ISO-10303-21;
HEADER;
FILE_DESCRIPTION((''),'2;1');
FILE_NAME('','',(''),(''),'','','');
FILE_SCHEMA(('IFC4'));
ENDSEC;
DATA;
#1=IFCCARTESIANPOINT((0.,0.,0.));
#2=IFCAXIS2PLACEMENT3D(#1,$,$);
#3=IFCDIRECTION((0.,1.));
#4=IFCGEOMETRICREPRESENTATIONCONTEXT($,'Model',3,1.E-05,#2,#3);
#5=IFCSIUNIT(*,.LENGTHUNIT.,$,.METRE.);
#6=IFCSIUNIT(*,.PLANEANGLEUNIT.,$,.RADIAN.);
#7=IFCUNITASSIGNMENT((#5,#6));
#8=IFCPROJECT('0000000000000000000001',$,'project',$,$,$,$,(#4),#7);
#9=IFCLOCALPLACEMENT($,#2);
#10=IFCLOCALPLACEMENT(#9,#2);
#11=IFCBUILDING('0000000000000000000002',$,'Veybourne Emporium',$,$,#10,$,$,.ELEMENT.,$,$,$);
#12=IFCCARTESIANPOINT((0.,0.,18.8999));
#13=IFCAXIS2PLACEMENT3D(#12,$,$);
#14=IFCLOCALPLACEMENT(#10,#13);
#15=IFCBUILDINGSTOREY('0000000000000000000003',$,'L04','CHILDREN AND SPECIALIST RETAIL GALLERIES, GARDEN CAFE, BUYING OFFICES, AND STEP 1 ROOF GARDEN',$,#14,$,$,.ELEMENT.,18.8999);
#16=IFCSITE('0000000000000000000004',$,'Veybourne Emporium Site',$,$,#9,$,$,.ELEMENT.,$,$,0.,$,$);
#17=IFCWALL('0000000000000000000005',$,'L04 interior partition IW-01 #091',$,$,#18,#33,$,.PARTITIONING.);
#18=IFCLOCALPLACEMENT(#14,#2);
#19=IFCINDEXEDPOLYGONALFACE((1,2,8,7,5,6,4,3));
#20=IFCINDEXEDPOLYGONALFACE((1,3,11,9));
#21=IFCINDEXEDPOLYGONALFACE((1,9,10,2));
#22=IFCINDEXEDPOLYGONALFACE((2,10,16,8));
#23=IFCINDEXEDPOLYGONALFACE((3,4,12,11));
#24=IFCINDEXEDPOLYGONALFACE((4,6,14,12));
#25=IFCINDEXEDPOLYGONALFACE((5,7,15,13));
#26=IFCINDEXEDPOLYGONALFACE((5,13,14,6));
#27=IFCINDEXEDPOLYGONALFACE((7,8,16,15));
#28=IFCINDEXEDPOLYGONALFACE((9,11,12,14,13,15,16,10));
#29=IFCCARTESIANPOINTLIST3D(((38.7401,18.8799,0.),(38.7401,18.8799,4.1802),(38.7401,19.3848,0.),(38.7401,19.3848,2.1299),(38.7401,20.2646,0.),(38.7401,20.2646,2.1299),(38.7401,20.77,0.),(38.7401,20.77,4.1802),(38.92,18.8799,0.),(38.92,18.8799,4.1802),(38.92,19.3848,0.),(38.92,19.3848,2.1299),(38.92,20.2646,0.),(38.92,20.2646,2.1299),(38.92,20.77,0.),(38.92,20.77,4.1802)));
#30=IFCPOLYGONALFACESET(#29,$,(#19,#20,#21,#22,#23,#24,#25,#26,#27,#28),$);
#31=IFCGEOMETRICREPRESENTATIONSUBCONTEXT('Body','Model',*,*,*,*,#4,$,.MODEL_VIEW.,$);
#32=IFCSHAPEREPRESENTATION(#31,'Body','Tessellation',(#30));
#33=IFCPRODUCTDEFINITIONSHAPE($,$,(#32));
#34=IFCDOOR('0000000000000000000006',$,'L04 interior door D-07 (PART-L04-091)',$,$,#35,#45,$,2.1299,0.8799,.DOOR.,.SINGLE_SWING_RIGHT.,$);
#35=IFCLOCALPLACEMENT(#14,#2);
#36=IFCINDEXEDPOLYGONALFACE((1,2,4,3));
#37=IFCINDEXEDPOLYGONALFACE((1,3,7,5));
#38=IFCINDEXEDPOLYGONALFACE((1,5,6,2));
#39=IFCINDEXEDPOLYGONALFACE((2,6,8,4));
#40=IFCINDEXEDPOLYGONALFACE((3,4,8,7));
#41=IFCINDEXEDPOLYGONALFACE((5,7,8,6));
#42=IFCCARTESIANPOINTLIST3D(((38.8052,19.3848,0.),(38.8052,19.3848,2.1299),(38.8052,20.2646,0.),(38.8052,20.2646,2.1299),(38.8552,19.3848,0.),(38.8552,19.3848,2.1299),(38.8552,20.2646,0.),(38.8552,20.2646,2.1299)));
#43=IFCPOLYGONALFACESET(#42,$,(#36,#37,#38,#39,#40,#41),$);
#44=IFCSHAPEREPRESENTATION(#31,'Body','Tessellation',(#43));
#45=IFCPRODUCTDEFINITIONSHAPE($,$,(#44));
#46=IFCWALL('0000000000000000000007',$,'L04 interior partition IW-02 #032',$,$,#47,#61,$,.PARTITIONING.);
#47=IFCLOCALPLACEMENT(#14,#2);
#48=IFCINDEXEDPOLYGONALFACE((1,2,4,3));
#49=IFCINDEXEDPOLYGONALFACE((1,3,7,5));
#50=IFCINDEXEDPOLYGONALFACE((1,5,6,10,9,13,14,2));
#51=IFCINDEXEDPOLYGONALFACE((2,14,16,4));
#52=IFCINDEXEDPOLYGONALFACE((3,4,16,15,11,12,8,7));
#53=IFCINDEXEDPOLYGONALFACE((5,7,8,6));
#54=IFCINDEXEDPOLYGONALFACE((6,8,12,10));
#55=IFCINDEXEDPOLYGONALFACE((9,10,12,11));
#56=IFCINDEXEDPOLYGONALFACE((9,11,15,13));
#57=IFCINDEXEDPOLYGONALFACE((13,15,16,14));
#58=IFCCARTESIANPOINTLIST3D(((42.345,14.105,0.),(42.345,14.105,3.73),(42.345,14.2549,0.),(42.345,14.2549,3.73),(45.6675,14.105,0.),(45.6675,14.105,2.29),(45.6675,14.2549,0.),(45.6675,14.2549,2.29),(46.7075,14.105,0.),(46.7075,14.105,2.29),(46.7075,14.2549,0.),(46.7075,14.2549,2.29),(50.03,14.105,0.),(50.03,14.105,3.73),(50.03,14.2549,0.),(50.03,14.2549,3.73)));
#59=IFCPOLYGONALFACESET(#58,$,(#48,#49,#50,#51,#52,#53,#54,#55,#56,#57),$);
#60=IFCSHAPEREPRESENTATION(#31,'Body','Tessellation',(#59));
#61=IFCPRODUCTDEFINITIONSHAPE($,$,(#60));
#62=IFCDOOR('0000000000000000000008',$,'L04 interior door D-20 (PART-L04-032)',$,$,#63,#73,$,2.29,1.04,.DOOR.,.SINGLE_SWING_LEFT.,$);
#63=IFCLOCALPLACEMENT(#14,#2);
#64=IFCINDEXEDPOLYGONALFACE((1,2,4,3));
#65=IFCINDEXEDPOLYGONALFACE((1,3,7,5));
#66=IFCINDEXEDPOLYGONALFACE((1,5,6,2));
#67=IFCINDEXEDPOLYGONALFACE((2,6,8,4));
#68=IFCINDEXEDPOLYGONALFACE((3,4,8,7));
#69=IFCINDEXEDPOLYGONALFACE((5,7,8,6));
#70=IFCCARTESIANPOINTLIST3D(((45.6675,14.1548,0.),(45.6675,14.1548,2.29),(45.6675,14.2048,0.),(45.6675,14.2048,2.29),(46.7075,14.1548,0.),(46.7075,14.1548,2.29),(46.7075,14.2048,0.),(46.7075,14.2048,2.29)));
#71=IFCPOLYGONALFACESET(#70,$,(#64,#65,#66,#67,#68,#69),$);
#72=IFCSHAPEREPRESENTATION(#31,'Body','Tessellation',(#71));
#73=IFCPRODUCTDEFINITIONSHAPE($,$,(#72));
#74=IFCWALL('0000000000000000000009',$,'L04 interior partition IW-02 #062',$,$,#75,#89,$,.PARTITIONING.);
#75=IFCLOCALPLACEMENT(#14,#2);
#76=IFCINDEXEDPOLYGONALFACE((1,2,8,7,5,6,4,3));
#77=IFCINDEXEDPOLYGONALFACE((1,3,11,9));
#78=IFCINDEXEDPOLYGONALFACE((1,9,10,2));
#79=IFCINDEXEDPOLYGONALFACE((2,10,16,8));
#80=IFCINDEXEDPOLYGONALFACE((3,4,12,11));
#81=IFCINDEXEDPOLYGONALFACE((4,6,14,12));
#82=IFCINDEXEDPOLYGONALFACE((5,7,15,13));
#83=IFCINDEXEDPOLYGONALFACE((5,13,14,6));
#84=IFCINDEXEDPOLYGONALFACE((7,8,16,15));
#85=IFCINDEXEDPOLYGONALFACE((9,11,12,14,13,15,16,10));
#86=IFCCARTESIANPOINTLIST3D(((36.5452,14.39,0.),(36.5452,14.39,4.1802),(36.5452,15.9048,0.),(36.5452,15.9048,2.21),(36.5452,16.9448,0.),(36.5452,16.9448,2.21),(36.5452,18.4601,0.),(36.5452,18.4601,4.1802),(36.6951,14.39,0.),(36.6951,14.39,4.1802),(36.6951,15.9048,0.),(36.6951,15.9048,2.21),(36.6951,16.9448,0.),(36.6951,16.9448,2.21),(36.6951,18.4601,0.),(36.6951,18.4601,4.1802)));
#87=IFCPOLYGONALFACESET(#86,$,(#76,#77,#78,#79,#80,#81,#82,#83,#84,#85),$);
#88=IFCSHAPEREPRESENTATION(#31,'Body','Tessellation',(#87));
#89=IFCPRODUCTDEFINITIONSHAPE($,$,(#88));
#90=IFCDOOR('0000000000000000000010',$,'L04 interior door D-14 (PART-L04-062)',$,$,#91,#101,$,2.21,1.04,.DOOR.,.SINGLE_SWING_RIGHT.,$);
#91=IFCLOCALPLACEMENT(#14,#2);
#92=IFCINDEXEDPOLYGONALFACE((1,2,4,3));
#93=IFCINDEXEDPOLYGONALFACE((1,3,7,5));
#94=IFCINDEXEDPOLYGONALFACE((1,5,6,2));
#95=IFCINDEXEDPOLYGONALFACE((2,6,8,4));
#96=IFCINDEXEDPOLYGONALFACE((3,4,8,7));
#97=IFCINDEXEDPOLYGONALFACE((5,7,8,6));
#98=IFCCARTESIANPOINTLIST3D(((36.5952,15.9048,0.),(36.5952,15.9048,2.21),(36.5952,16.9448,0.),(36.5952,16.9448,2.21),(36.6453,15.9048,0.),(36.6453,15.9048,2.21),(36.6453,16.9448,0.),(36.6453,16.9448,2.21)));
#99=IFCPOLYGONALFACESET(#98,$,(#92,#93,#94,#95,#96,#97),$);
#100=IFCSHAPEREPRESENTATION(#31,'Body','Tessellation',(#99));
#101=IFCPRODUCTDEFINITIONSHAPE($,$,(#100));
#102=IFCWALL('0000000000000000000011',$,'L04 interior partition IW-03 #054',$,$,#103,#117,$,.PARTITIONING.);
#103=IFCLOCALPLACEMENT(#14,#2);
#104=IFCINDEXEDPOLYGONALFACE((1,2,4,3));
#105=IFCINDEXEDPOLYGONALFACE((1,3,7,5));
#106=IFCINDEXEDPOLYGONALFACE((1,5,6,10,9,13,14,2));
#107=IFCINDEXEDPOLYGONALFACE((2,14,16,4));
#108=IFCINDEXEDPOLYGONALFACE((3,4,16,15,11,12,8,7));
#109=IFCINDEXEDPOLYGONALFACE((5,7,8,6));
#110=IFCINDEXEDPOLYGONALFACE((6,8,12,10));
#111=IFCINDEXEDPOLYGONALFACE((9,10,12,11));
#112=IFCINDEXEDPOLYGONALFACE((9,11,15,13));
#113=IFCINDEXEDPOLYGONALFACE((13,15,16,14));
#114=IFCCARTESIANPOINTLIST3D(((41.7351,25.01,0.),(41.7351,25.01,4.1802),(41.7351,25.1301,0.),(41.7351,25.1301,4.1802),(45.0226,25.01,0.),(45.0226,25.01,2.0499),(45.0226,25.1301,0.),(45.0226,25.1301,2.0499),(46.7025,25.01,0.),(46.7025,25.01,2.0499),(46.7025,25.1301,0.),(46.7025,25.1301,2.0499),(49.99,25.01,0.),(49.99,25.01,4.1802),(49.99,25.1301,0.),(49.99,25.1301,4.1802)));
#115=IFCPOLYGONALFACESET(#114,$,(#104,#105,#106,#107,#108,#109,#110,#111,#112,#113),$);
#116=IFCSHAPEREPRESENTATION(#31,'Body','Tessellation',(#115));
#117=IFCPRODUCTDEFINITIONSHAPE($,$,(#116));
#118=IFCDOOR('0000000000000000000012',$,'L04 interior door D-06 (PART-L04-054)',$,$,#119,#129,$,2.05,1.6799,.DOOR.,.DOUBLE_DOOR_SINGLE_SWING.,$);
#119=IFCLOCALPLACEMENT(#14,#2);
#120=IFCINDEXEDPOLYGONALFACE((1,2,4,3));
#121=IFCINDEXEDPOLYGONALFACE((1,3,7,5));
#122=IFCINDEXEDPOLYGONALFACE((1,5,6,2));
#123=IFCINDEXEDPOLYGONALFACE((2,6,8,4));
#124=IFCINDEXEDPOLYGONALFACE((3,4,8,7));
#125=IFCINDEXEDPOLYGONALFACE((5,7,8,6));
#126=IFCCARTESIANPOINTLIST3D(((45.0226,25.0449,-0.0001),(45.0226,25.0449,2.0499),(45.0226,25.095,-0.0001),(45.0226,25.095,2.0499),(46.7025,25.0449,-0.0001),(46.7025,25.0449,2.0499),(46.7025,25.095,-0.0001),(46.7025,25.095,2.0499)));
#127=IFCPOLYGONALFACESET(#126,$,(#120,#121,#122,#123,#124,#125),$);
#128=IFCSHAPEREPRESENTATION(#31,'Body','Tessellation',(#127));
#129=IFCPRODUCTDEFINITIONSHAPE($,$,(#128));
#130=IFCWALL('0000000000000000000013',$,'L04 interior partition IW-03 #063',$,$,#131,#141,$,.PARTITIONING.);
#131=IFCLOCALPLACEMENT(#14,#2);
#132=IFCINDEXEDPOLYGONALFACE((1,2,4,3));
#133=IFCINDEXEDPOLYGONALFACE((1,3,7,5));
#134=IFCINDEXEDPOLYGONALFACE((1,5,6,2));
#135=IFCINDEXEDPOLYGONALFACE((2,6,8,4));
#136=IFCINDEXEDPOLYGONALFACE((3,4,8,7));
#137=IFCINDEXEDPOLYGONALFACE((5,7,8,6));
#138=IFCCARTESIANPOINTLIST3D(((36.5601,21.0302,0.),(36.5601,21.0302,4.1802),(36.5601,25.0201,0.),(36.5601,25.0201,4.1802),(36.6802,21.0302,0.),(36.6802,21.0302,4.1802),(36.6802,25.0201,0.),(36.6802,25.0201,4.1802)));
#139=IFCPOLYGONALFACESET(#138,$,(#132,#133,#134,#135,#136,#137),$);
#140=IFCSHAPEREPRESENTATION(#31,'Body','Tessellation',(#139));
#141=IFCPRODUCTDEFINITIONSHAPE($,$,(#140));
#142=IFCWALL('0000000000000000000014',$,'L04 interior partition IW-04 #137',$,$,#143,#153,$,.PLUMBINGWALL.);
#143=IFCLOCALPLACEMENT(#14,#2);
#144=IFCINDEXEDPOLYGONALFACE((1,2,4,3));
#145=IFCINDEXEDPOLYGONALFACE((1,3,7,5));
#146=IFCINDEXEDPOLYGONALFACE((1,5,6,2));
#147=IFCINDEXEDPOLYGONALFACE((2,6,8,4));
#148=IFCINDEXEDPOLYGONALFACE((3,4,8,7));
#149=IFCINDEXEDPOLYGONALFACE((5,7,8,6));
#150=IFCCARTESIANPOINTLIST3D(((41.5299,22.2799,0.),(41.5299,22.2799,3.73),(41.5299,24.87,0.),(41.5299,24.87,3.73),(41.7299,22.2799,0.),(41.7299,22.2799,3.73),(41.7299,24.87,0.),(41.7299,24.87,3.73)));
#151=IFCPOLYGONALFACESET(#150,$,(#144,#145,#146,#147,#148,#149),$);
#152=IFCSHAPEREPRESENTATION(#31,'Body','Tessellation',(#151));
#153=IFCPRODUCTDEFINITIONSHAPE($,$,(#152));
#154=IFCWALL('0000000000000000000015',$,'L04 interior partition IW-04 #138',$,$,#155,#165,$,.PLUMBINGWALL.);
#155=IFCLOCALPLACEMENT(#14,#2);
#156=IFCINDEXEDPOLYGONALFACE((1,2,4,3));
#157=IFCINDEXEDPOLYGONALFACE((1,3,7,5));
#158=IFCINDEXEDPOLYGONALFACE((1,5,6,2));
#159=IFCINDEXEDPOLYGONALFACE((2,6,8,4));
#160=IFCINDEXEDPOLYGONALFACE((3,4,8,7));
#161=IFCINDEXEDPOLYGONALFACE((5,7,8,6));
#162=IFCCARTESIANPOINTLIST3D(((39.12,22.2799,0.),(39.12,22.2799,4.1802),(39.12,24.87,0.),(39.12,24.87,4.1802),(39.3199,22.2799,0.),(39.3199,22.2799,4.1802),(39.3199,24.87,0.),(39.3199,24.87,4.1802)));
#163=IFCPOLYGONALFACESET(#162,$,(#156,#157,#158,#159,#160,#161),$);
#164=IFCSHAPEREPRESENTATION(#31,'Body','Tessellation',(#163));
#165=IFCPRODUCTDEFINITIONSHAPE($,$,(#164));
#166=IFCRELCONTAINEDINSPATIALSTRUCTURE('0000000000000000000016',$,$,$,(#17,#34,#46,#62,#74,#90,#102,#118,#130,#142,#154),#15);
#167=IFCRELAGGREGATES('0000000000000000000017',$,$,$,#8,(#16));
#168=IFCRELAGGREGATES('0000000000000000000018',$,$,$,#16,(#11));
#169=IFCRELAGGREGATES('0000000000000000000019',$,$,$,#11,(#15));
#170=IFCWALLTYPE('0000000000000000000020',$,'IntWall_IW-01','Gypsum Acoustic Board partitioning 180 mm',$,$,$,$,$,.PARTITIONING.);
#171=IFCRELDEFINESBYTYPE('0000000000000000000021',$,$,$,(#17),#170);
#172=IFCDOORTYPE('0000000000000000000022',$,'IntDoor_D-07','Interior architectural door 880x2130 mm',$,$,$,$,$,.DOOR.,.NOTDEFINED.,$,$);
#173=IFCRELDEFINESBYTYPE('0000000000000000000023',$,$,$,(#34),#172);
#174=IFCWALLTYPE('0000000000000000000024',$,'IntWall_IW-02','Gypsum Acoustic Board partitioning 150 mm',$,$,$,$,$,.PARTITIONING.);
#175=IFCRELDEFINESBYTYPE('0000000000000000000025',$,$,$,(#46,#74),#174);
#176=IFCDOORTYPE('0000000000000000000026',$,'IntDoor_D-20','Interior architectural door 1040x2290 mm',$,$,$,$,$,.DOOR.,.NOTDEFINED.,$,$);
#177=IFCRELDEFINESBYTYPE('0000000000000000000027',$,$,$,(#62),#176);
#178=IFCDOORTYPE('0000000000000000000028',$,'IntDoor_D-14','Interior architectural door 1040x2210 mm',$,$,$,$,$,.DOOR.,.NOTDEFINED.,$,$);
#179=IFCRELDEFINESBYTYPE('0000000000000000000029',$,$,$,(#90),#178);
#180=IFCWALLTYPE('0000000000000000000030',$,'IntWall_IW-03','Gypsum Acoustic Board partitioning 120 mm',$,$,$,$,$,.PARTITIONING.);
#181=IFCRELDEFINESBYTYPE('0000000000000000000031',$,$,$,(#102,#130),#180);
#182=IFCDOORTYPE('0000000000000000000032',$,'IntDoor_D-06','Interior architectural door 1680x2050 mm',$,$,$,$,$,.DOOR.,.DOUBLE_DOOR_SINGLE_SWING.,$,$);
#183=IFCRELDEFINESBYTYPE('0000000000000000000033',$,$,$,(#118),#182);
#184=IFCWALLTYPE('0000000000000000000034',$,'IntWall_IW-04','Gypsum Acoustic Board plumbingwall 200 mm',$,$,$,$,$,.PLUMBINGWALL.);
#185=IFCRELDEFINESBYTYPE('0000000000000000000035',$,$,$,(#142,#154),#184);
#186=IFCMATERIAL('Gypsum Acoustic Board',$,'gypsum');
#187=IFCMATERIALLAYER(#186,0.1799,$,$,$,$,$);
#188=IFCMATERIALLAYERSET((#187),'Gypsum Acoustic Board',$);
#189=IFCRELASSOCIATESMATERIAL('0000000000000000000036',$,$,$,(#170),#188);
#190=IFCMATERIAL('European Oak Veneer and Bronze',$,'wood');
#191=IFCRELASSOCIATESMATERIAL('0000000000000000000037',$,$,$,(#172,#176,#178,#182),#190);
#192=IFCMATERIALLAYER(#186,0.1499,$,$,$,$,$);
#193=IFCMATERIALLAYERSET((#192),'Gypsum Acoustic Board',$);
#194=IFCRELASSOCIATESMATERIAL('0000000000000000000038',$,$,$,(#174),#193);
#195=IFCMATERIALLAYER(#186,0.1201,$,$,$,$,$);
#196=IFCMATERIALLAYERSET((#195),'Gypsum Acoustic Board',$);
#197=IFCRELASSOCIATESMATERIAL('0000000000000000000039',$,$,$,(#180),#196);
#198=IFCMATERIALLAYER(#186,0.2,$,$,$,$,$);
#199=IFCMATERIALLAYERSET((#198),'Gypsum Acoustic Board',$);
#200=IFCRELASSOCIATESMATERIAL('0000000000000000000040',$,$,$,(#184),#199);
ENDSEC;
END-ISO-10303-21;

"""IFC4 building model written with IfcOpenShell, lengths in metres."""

from ifc_helpers import new_model, si_unit, direction, frame, frame_2d, origin, place, context, subcontext, project, spatial, rectangle, extrude, material, layer, layer_set, type_object, element, fill, save


model = new_model("IFC4")

# Units and contexts
model_context = context("Model", 3, precision=1e-05, world=origin(), true_north=direction((0.0, 1.0)))
body_context = subcontext(model_context, "Body", "Model", "MODEL_VIEW")
ifc_project = project(units=[si_unit("LENGTHUNIT", "METRE"), si_unit("PLANEANGLEUNIT", "RADIAN")], contexts=[model_context])

# Site, building, storey
site_placement = place(None, origin())
site = spatial("IfcSite", under=ifc_project, at=site_placement, Name="Veybourne Emporium Site", CompositionType="ELEMENT", RefElevation=0.0)
building_placement = place(site_placement, origin())
building = spatial("IfcBuilding", under=site, at=building_placement, Name="Veybourne Emporium", CompositionType="ELEMENT")
storey_placement = place(building_placement, frame((0.0, 0.0, 18.8999)))
storey = spatial("IfcBuildingStorey", under=building, at=storey_placement, Name="L04", Description="CHILDREN AND SPECIALIST RETAIL GALLERIES, GARDEN CAFE, BUYING OFFICES, AND STEP 1 ROOF GARDEN", CompositionType="ELEMENT", Elevation=18.8999)

# Shared definitions
ifc_material_1 = material(Name="Gypsum Acoustic Board", Category="gypsum")
ifc_layer_1 = layer(ifc_material_1, 0.1799)
ifc_layer_set_1 = layer_set([ifc_layer_1], Name="Gypsum Acoustic Board")
wall_type_1 = type_object("IfcWallType", Name="IntWall_IW-01", Description="Gypsum Acoustic Board partitioning 180 mm", PredefinedType="PARTITIONING", material=ifc_layer_set_1)

# Walls, openings, doors
wall_1_placement = place(storey_placement, frame((38.8301, 18.8799, 0.0), z_axis=(0.0, 0.0, 1.0), x_axis=(0.0, 1.0, 0.0)))
wall_1 = element("IfcWall", 1, at=wall_1_placement, inside=storey, type_object=wall_type_1, Name="L04 interior partition IW-01 #091", PredefinedType="PARTITIONING", context=body_context, shape_type="SweptSolid", body=[
    extrude(rectangle(XDim=1.8901, YDim=0.1799, at=frame_2d((0.9451, 0.0))), origin(), (0.0, 0.0, 1.0), 4.1802),
])
opening_1_placement = place(wall_1_placement, frame((0.5049, 0.0, 0.0)))
opening_1 = element("IfcOpeningElement", 2, at=opening_1_placement, cuts=wall_1, PredefinedType="OPENING", context=body_context, shape_type="SweptSolid", body=[
    extrude(rectangle(XDim=0.8799, YDim=2.1299, at=frame_2d((0.4399, 1.0649))), frame((0.0, 0.1099, 0.0), z_axis=(0.0, -1.0, 0.0), x_axis=(1.0, 0.0, 0.0)), (0.0, 0.0, 1.0), 0.22),
])
ifc_material_2 = material(Name="European Oak Veneer and Bronze", Category="wood")
door_type_1 = type_object("IfcDoorType", Name="IntDoor_D-07", Description="Interior architectural door 880x2130 mm", OperationType="NOTDEFINED", PredefinedType="DOOR", material=ifc_material_2)
door_1_placement = place(opening_1_placement, origin())
door_1 = element("IfcDoor", 3, at=door_1_placement, inside=storey, type_object=door_type_1, Name="L04 interior door D-07 (PART-L04-091)", OperationType="SINGLE_SWING_RIGHT", OverallHeight=2.1299, OverallWidth=0.8799, PredefinedType="DOOR", context=body_context, shape_type="SweptSolid", body=[
    extrude(rectangle(XDim=0.8799, YDim=2.1299, at=frame_2d((0.4399, 1.0649))), frame((0.0, 0.0249, 0.0), z_axis=(0.0, -1.0, 0.0), x_axis=(1.0, 0.0, 0.0)), (0.0, 0.0, 1.0), 0.05),
])
fill(opening_1, door_1)
ifc_layer_2 = layer(ifc_material_1, 0.1499)
ifc_layer_set_2 = layer_set([ifc_layer_2], Name="Gypsum Acoustic Board")
wall_type_2 = type_object("IfcWallType", Name="IntWall_IW-02", Description="Gypsum Acoustic Board partitioning 150 mm", PredefinedType="PARTITIONING", material=ifc_layer_set_2)
wall_2_placement = place(storey_placement, frame((42.345, 14.1799, 0.0), z_axis=(0.0, 0.0, 1.0), x_axis=(1.0, 0.0, 0.0)))
wall_2 = element("IfcWall", 4, at=wall_2_placement, inside=storey, type_object=wall_type_2, Name="L04 interior partition IW-02 #032", PredefinedType="PARTITIONING", context=body_context, shape_type="SweptSolid", body=[
    extrude(rectangle(XDim=7.6851, YDim=0.1499, at=frame_2d((3.8425, 0.0))), origin(), (0.0, 0.0, 1.0), 3.73),
])
opening_2_placement = place(wall_2_placement, frame((3.3225, 0.0, 0.0)))
opening_2 = element("IfcOpeningElement", 5, at=opening_2_placement, cuts=wall_2, PredefinedType="OPENING", context=body_context, shape_type="SweptSolid", body=[
    extrude(rectangle(XDim=1.04, YDim=2.29, at=frame_2d((0.52, 1.145))), frame((0.0, 0.095, 0.0), z_axis=(0.0, -1.0, 0.0), x_axis=(1.0, 0.0, 0.0)), (0.0, 0.0, 1.0), 0.1899),
])
door_type_2 = type_object("IfcDoorType", Name="IntDoor_D-20", Description="Interior architectural door 1040x2290 mm", OperationType="NOTDEFINED", PredefinedType="DOOR", material=ifc_material_2)
door_2_placement = place(opening_2_placement, origin())
door_2 = element("IfcDoor", 6, at=door_2_placement, inside=storey, type_object=door_type_2, Name="L04 interior door D-20 (PART-L04-032)", OperationType="SINGLE_SWING_LEFT", OverallHeight=2.29, OverallWidth=1.04, PredefinedType="DOOR", context=body_context, shape_type="SweptSolid", body=[
    extrude(rectangle(XDim=1.04, YDim=2.29, at=frame_2d((0.52, 1.145))), frame((0.0, 0.0249, 0.0), z_axis=(0.0, -1.0, 0.0), x_axis=(1.0, 0.0, 0.0)), (0.0, 0.0, 1.0), 0.05),
])
fill(opening_2, door_2)
wall_3_placement = place(storey_placement, frame((36.6201, 14.3899, 0.0), z_axis=(0.0, 0.0, 1.0), x_axis=(0.0, 1.0, 0.0)))
wall_3 = element("IfcWall", 7, at=wall_3_placement, inside=storey, type_object=wall_type_2, Name="L04 interior partition IW-02 #062", PredefinedType="PARTITIONING", context=body_context, shape_type="SweptSolid", body=[
    extrude(rectangle(XDim=4.0701, YDim=0.1499, at=frame_2d((2.0352, 0.0))), origin(), (0.0, 0.0, 1.0), 4.1802),
])
opening_3_placement = place(wall_3_placement, frame((1.5149, 0.0, 0.0)))
opening_3 = element("IfcOpeningElement", 8, at=opening_3_placement, cuts=wall_3, PredefinedType="OPENING", context=body_context, shape_type="SweptSolid", body=[
    extrude(rectangle(XDim=1.04, YDim=2.21, at=frame_2d((0.52, 1.105))), frame((0.0, 0.095, 0.0), z_axis=(0.0, -1.0, 0.0), x_axis=(1.0, 0.0, 0.0)), (0.0, 0.0, 1.0), 0.1899),
])
door_type_3 = type_object("IfcDoorType", Name="IntDoor_D-14", Description="Interior architectural door 1040x2210 mm", OperationType="NOTDEFINED", PredefinedType="DOOR", material=ifc_material_2)
door_3_placement = place(opening_3_placement, origin())
door_3 = element("IfcDoor", 9, at=door_3_placement, inside=storey, type_object=door_type_3, Name="L04 interior door D-14 (PART-L04-062)", OperationType="SINGLE_SWING_RIGHT", OverallHeight=2.21, OverallWidth=1.04, PredefinedType="DOOR", context=body_context, shape_type="SweptSolid", body=[
    extrude(rectangle(XDim=1.04, YDim=2.21, at=frame_2d((0.52, 1.105))), frame((0.0, 0.0249, 0.0), z_axis=(0.0, -1.0, 0.0), x_axis=(1.0, 0.0, 0.0)), (0.0, 0.0, 1.0), 0.05),
])
fill(opening_3, door_3)
ifc_layer_3 = layer(ifc_material_1, 0.1201)
ifc_layer_set_3 = layer_set([ifc_layer_3], Name="Gypsum Acoustic Board")
wall_type_3 = type_object("IfcWallType", Name="IntWall_IW-03", Description="Gypsum Acoustic Board partitioning 120 mm", PredefinedType="PARTITIONING", material=ifc_layer_set_3)
wall_4_placement = place(storey_placement, frame((41.7351, 25.0701, 0.0), z_axis=(0.0, 0.0, 1.0), x_axis=(1.0, 0.0, 0.0)))
wall_4 = element("IfcWall", 10, at=wall_4_placement, inside=storey, type_object=wall_type_3, Name="L04 interior partition IW-03 #054", PredefinedType="PARTITIONING", context=body_context, shape_type="SweptSolid", body=[
    extrude(rectangle(XDim=8.2549, YDim=0.1201, at=frame_2d((4.1274, 0.0))), origin(), (0.0, 0.0, 1.0), 4.1802),
])
opening_4_placement = place(wall_4_placement, frame((3.2876, 0.0, 0.0)))
opening_4 = element("IfcOpeningElement", 11, at=opening_4_placement, cuts=wall_4, PredefinedType="OPENING", context=body_context, shape_type="SweptSolid", body=[
    extrude(rectangle(XDim=1.6799, YDim=2.05, at=frame_2d((0.8398, 1.0249))), frame((0.0, 0.0801, 0.0), z_axis=(0.0, -1.0, 0.0), x_axis=(1.0, 0.0, 0.0)), (0.0, 0.0, 1.0), 0.1602),
])
door_type_4 = type_object("IfcDoorType", Name="IntDoor_D-06", Description="Interior architectural door 1680x2050 mm", OperationType="DOUBLE_DOOR_SINGLE_SWING", PredefinedType="DOOR", material=ifc_material_2)
door_4_placement = place(opening_4_placement, origin())
door_4 = element("IfcDoor", 12, at=door_4_placement, inside=storey, type_object=door_type_4, Name="L04 interior door D-06 (PART-L04-054)", OperationType="DOUBLE_DOOR_SINGLE_SWING", OverallHeight=2.05, OverallWidth=1.6799, PredefinedType="DOOR", context=body_context, shape_type="SweptSolid", body=[
    extrude(rectangle(XDim=1.6799, YDim=2.05, at=frame_2d((0.8398, 1.0249))), frame((0.0, 0.0249, 0.0), z_axis=(0.0, -1.0, 0.0), x_axis=(1.0, 0.0, 0.0)), (0.0, 0.0, 1.0), 0.05),
])
fill(opening_4, door_4)

# Walls
wall_5_placement = place(storey_placement, frame((36.6201, 21.03, 0.0), z_axis=(0.0, 0.0, 1.0), x_axis=(0.0, 1.0, 0.0)))
element("IfcWall", 13, at=wall_5_placement, inside=storey, type_object=wall_type_3, Name="L04 interior partition IW-03 #063", PredefinedType="PARTITIONING", context=body_context, shape_type="SweptSolid", body=[
    extrude(rectangle(XDim=3.99, YDim=0.1201, at=frame_2d((1.9951, 0.0))), origin(), (0.0, 0.0, 1.0), 4.1802),
])
ifc_layer_4 = layer(ifc_material_1, 0.2)
ifc_layer_set_4 = layer_set([ifc_layer_4], Name="Gypsum Acoustic Board")
wall_type_4 = type_object("IfcWallType", Name="IntWall_IW-04", Description="Gypsum Acoustic Board plumbingwall 200 mm", PredefinedType="PLUMBINGWALL", material=ifc_layer_set_4)
wall_6_placement = place(storey_placement, frame((41.6299, 22.28, 0.0), z_axis=(0.0, 0.0, 1.0), x_axis=(0.0, 1.0, 0.0)))
element("IfcWall", 14, at=wall_6_placement, inside=storey, type_object=wall_type_4, Name="L04 interior partition IW-04 #137", PredefinedType="PLUMBINGWALL", context=body_context, shape_type="SweptSolid", body=[
    extrude(rectangle(XDim=2.5901, YDim=0.2, at=frame_2d((1.2949, 0.0))), origin(), (0.0, 0.0, 1.0), 3.73),
])
wall_7_placement = place(storey_placement, frame((39.22, 22.28, 0.0), z_axis=(0.0, 0.0, 1.0), x_axis=(0.0, 1.0, 0.0)))
element("IfcWall", 15, at=wall_7_placement, inside=storey, type_object=wall_type_4, Name="L04 interior partition IW-04 #138", PredefinedType="PLUMBINGWALL", context=body_context, shape_type="SweptSolid", body=[
    extrude(rectangle(XDim=2.5901, YDim=0.2, at=frame_2d((1.2949, 0.0))), origin(), (0.0, 0.0, 1.0), 4.1802),
])

save(model, "model.ifc")
